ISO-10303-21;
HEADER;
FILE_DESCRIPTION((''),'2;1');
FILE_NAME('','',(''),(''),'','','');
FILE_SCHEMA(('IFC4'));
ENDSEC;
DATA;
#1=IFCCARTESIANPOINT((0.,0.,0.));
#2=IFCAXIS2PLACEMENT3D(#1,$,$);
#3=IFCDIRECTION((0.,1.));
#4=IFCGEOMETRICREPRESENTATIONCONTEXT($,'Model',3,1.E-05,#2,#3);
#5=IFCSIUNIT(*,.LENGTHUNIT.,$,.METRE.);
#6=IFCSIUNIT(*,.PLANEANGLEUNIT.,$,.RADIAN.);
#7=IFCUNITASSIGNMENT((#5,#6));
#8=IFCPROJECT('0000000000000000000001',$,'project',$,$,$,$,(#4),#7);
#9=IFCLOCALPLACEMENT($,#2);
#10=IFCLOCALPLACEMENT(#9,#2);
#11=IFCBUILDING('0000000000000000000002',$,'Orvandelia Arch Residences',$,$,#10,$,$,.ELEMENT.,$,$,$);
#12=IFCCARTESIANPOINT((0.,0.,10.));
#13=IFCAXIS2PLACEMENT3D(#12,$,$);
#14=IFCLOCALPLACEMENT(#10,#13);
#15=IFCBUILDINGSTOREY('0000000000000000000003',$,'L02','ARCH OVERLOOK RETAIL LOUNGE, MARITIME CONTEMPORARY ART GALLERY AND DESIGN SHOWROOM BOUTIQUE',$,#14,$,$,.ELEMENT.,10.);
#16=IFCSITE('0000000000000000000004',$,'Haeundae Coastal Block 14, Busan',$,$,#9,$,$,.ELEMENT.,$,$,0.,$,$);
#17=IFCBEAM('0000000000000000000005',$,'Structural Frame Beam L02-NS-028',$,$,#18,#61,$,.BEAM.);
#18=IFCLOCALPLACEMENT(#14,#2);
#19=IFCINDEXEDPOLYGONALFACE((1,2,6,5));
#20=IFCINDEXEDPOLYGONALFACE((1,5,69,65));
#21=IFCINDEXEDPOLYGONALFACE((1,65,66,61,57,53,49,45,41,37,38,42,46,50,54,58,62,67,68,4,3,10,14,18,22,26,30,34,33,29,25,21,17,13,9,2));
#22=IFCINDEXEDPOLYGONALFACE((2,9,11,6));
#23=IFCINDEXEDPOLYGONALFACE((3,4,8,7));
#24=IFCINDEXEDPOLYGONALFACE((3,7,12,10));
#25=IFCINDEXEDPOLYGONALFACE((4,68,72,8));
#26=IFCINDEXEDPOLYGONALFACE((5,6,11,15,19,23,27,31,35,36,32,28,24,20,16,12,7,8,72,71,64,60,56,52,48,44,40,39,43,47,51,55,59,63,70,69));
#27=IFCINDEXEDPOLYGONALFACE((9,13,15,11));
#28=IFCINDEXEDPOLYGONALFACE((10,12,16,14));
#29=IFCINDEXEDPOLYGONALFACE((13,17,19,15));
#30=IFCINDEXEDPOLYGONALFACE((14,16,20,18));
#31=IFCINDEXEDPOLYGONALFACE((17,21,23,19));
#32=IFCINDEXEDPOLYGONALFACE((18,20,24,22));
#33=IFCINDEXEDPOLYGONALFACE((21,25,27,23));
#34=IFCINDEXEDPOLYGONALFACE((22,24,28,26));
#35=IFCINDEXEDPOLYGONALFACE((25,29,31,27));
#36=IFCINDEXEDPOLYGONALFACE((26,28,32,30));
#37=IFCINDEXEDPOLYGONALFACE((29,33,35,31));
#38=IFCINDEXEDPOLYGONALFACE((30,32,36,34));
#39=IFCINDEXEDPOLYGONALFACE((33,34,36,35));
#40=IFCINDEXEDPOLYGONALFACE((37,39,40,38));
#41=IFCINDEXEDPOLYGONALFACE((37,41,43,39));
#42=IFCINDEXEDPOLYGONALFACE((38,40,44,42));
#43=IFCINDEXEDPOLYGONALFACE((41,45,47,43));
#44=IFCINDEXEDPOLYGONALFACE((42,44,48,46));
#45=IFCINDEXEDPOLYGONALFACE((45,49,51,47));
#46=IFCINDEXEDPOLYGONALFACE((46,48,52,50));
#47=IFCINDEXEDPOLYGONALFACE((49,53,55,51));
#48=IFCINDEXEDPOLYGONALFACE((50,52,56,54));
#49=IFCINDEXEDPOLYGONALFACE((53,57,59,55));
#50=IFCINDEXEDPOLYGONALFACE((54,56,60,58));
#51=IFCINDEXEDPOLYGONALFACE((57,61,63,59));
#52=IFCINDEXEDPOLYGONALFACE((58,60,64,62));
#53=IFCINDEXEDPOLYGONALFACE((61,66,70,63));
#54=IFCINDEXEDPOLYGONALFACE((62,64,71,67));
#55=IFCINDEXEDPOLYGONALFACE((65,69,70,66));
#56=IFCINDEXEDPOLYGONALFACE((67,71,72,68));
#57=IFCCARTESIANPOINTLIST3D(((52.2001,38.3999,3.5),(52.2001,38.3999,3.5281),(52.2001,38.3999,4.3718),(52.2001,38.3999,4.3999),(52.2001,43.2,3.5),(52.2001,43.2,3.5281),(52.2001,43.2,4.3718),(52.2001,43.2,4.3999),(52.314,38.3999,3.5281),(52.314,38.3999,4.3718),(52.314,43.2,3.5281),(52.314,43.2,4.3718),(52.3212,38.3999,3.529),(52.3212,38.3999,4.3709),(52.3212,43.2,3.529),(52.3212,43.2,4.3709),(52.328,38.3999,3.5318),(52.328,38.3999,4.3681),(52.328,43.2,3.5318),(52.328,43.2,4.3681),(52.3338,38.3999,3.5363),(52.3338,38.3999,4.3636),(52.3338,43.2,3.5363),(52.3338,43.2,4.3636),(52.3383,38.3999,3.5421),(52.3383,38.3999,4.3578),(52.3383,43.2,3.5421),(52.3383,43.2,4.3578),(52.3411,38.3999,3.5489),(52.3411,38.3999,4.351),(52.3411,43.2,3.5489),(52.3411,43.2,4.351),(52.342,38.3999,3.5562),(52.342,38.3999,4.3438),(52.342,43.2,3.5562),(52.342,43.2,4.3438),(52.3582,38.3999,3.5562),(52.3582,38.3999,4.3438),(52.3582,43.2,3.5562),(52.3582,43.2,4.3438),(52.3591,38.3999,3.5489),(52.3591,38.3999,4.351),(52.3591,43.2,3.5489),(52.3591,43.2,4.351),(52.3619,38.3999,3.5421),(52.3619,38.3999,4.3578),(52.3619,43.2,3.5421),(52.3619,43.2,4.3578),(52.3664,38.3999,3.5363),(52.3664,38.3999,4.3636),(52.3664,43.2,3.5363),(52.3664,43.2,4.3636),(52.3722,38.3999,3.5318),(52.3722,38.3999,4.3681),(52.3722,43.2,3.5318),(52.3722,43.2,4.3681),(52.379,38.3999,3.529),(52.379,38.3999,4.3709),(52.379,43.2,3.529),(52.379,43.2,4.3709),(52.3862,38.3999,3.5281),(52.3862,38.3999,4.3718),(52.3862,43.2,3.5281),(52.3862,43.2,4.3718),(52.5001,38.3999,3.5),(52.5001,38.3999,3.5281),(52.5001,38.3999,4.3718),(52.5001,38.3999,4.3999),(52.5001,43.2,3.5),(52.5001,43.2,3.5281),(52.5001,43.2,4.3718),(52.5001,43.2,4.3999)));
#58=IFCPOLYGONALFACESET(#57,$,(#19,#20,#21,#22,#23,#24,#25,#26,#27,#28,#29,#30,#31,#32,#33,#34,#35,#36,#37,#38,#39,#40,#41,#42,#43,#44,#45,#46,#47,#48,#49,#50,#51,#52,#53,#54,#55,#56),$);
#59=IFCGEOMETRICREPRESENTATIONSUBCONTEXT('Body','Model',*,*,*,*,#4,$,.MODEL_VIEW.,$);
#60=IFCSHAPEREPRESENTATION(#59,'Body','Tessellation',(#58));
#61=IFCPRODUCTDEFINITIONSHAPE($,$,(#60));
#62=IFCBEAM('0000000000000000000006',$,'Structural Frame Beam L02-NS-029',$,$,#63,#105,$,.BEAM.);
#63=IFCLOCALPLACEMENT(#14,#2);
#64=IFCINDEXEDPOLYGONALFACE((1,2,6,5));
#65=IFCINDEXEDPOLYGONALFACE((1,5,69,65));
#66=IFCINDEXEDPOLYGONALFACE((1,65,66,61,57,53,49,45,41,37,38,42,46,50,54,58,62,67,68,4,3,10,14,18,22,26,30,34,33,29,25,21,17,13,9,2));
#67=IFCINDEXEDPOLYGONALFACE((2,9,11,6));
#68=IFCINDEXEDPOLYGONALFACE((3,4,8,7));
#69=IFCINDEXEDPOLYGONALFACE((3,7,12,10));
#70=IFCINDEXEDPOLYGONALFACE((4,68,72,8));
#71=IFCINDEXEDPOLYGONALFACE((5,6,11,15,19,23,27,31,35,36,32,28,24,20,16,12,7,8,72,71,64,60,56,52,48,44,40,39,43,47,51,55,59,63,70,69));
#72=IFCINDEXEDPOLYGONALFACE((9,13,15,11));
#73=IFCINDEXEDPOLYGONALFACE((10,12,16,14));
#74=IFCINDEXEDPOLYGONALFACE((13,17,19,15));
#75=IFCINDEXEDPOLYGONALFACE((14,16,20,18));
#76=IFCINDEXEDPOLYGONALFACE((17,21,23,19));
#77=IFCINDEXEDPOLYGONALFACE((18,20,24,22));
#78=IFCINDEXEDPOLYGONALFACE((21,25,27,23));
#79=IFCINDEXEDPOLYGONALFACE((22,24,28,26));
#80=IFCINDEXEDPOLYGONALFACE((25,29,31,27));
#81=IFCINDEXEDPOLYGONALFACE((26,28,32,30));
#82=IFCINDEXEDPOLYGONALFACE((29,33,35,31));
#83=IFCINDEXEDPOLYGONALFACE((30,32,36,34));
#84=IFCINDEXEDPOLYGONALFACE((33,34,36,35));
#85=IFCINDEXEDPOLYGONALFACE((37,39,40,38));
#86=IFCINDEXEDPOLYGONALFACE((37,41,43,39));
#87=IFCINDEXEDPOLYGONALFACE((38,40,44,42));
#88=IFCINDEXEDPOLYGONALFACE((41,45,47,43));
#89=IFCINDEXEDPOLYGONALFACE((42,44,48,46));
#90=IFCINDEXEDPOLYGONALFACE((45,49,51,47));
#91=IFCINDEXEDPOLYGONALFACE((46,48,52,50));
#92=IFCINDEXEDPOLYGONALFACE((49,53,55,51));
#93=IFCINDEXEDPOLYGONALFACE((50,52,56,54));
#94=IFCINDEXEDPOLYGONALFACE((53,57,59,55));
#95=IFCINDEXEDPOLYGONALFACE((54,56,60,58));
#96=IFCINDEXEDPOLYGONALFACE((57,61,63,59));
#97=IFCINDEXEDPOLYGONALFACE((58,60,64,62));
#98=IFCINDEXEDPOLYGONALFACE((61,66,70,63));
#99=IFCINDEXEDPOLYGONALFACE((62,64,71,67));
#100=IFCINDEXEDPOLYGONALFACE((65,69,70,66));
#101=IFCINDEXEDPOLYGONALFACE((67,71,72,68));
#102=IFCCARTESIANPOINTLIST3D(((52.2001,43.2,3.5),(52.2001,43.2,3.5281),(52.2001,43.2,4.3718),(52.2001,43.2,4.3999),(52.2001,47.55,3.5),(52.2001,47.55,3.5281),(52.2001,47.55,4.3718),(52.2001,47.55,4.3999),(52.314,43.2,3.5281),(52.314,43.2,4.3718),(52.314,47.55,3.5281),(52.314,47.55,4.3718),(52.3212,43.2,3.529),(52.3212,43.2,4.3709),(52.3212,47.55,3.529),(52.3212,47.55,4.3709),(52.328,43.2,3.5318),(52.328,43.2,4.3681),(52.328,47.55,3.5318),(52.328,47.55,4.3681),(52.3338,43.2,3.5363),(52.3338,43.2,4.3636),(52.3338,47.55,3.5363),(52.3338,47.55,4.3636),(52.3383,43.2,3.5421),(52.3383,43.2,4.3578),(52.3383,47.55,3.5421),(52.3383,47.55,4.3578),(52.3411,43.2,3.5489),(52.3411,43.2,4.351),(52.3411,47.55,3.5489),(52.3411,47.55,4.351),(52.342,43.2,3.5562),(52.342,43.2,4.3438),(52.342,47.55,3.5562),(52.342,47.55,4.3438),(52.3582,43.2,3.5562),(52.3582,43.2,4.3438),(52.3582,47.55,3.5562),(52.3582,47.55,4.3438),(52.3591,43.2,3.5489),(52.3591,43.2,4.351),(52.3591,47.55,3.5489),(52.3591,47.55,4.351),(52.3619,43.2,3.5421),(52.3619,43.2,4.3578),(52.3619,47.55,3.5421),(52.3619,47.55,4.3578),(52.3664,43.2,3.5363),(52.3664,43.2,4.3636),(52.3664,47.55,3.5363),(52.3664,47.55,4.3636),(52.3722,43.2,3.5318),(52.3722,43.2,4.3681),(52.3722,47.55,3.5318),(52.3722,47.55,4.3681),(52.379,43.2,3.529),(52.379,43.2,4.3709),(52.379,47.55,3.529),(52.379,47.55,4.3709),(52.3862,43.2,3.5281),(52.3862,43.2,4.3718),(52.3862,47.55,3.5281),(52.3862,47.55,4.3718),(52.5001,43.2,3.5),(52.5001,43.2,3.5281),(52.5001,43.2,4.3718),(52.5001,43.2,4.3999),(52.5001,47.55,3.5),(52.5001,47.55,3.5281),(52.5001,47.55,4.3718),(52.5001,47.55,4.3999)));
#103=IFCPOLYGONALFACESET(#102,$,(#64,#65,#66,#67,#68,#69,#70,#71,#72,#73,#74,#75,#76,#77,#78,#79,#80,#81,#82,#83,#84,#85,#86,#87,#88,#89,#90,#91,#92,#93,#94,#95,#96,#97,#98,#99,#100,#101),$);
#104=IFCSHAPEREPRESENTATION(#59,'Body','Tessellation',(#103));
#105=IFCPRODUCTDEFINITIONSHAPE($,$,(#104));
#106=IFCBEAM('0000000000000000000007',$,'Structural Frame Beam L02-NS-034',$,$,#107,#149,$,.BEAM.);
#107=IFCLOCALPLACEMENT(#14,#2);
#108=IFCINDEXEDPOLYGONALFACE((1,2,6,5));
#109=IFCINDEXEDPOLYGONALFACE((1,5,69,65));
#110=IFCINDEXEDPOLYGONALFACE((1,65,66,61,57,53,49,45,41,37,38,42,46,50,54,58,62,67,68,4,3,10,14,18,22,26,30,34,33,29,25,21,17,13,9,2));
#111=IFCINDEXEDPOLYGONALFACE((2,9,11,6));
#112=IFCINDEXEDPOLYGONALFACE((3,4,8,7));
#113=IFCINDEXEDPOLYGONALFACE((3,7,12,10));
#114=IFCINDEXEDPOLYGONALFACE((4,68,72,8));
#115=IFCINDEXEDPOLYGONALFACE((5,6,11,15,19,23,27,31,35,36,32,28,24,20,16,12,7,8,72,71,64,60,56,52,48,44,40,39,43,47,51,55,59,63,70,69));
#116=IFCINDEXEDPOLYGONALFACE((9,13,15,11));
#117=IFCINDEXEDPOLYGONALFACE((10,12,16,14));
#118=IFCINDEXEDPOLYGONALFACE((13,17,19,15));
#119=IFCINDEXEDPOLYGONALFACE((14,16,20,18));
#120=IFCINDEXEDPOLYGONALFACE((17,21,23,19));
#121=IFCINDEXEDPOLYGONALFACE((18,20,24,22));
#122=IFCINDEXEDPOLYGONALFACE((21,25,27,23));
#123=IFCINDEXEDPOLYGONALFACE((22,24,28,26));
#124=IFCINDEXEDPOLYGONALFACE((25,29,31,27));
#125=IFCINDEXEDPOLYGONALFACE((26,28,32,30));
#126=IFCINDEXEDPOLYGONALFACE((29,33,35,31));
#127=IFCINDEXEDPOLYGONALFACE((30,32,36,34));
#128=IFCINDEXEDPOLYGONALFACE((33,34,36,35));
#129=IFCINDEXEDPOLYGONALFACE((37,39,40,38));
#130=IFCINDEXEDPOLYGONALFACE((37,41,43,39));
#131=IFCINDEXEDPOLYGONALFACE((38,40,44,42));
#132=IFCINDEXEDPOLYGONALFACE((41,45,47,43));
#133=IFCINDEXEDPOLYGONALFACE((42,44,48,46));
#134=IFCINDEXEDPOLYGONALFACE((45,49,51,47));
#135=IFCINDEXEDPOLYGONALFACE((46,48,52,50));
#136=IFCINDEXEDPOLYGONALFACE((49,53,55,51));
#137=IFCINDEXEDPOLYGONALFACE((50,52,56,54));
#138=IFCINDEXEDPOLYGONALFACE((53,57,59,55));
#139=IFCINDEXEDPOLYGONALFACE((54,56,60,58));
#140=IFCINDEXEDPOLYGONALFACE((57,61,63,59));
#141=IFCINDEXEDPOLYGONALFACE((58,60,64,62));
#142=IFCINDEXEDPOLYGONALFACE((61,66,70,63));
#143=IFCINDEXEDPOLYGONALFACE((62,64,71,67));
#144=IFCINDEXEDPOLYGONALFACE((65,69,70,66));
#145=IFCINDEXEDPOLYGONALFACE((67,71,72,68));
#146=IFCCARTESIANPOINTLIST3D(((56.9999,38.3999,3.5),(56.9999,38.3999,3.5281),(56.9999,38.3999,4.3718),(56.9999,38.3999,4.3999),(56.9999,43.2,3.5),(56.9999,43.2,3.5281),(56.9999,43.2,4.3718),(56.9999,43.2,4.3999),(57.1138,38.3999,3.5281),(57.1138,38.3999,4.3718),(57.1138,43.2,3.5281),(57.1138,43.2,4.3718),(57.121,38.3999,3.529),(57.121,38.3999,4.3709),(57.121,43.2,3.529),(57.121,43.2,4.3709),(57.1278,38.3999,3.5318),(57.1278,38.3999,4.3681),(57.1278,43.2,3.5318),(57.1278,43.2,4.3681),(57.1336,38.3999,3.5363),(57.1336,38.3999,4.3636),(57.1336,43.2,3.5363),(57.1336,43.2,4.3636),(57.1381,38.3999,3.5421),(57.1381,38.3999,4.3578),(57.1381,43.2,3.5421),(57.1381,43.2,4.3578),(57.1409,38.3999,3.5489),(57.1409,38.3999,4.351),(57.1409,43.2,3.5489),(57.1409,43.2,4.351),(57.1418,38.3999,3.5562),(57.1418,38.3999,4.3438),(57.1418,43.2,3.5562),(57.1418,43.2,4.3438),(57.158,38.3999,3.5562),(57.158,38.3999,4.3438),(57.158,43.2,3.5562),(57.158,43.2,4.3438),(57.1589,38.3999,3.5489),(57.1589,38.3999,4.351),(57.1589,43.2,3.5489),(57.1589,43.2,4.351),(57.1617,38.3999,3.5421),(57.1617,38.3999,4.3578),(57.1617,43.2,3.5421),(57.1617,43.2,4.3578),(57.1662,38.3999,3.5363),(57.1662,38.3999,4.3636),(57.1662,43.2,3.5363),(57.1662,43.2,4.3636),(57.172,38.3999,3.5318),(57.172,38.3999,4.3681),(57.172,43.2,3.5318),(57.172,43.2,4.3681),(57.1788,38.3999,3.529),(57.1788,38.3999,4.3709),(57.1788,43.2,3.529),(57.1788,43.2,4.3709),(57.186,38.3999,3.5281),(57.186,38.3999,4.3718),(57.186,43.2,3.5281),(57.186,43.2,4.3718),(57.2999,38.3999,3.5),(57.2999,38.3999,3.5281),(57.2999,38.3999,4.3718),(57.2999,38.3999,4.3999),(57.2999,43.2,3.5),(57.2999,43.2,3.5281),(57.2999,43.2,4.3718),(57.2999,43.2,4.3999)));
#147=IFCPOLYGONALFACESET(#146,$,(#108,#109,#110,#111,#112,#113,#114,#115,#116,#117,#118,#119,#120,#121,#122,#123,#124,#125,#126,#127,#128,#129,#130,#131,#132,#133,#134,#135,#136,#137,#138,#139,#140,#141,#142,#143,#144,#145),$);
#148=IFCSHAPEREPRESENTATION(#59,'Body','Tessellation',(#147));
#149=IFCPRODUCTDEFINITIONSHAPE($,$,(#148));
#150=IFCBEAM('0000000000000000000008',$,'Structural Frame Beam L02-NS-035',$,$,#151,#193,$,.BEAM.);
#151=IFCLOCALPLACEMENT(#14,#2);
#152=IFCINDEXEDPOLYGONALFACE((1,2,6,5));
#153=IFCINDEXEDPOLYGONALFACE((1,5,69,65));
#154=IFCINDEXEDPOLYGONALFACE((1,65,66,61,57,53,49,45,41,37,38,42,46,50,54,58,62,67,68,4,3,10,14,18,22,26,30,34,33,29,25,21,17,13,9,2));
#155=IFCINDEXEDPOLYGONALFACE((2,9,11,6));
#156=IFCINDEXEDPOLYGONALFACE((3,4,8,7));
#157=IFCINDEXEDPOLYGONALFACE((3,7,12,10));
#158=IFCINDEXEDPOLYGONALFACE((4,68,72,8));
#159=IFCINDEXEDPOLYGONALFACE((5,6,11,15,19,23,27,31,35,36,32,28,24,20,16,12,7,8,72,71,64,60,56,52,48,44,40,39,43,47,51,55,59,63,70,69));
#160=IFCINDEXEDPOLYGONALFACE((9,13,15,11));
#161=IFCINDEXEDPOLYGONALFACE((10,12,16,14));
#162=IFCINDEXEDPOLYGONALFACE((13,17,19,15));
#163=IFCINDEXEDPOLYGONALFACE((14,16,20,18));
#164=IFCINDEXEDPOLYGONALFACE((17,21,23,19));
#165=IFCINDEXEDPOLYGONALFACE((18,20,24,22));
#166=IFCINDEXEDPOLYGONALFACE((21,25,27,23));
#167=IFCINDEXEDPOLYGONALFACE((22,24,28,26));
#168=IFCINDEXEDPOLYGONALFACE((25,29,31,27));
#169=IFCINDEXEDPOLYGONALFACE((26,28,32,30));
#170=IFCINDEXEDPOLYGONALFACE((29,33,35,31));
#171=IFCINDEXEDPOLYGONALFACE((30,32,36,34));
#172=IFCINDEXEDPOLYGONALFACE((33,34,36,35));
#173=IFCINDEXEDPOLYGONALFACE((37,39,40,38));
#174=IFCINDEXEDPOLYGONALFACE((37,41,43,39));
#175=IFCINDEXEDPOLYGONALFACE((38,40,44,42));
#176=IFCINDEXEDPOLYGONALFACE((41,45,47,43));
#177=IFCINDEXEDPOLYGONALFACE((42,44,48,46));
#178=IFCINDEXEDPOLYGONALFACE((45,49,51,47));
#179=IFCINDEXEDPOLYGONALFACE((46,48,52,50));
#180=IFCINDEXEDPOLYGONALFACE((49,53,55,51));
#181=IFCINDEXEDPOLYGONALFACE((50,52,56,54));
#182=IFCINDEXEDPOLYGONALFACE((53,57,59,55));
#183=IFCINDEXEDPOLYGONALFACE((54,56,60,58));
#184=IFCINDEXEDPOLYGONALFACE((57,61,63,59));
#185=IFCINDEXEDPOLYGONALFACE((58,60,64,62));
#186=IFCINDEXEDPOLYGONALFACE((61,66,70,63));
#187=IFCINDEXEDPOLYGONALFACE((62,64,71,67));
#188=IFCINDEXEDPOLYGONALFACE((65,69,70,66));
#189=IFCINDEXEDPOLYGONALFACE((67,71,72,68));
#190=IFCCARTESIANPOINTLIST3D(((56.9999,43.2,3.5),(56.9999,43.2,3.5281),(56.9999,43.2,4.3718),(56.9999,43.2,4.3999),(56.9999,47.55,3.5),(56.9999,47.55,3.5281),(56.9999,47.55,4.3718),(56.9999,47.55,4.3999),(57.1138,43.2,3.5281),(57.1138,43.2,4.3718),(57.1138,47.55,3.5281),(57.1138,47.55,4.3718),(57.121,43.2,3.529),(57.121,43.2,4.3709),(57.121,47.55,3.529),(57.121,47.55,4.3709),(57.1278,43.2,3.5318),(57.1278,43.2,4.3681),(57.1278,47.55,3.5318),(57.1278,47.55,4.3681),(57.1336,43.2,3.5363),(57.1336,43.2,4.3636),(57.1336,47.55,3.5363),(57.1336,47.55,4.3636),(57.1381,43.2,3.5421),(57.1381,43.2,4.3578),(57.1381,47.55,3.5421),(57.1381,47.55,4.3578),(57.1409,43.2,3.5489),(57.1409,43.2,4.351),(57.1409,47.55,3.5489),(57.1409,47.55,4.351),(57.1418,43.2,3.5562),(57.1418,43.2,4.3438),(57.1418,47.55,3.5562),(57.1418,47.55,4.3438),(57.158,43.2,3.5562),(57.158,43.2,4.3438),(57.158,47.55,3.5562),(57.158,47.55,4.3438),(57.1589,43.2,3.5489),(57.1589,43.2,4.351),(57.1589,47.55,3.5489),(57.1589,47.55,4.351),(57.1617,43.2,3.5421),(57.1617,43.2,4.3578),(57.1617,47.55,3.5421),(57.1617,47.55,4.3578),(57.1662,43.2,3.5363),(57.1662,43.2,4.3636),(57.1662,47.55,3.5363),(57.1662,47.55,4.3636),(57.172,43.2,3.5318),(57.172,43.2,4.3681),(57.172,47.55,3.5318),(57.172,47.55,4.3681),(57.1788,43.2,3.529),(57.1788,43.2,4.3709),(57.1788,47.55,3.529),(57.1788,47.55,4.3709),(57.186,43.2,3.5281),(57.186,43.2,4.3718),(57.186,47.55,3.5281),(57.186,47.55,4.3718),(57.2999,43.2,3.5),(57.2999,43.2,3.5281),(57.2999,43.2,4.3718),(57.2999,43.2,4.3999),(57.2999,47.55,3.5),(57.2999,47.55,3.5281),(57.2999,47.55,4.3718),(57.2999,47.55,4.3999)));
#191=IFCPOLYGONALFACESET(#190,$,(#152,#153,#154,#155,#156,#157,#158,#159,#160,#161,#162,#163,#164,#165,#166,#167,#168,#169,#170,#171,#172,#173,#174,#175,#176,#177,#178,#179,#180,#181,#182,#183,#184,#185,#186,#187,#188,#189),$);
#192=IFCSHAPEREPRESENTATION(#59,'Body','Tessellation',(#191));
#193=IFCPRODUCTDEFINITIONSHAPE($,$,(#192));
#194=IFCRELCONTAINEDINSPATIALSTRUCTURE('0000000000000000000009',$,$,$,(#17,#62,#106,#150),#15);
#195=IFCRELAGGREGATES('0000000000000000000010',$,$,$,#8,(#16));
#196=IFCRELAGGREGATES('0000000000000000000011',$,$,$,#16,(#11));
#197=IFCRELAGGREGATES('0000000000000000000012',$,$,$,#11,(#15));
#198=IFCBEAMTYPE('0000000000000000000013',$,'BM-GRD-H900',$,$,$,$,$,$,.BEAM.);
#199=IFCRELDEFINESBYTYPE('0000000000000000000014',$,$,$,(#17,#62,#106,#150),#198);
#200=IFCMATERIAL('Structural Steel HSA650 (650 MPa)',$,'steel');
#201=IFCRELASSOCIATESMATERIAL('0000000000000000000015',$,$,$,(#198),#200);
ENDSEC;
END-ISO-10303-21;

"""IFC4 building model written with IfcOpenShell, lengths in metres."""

from ifc_helpers import new_model, si_unit, direction, frame, origin, origin_2d, place, context, subcontext, project, spatial, i_section, extrude, material, material_profile, profile_set, type_object, element, save


model = new_model("IFC4")

# Units and contexts
model_context = context("Model", 3, precision=1e-05, world=origin(), true_north=direction((0.0, 1.0)))
body_context = subcontext(model_context, "Body", "Model", "MODEL_VIEW")
ifc_project = project(units=[si_unit("LENGTHUNIT", "METRE"), si_unit("PLANEANGLEUNIT", "RADIAN")], contexts=[model_context])

# Site, building, storey
site_placement = place(None, origin())
site = spatial("IfcSite", under=ifc_project, at=site_placement, Name="Haeundae Coastal Block 14, Busan", CompositionType="ELEMENT", RefElevation=0.0)
building_placement = place(site_placement, origin())
building = spatial("IfcBuilding", under=site, at=building_placement, Name="Orvandelia Arch Residences", CompositionType="ELEMENT")
storey_placement = place(building_placement, frame((0.0, 0.0, 10.0)))
storey = spatial("IfcBuildingStorey", under=building, at=storey_placement, Name="L02", Description="ARCH OVERLOOK RETAIL LOUNGE, MARITIME CONTEMPORARY ART GALLERY AND DESIGN SHOWROOM BOUTIQUE", CompositionType="ELEMENT", Elevation=10.0)

# Beams
ifc_material_1 = material(Name="Structural Steel HSA650 (650 MPa)", Category="steel")
ifc_material_profile_1 = material_profile(ifc_material_1, i_section(OverallWidth=0.3, OverallDepth=0.8999, WebThickness=0.0161, FlangeThickness=0.0281, FilletRadius=0.0281, at=origin_2d()), Name="Structural Steel HSA650 (650 MPa)", Category="steel")
ifc_profile_set_1 = profile_set([ifc_material_profile_1], Name="Structural Steel HSA650 (650 MPa)")
beam_type = type_object("IfcBeamType", Name="BM-GRD-H900", PredefinedType="BEAM", material=ifc_profile_set_1)
beam_1_placement = place(storey_placement, frame((52.3501, 38.3999, 3.95), z_axis=(0.0, 1.0, 0.0), x_axis=(-1.0, 0.0, 0.0)))
element("IfcBeam", 1, at=beam_1_placement, inside=storey, type_object=beam_type, Name="Structural Frame Beam L02-NS-028", PredefinedType="BEAM", context=body_context, shape_type="SweptSolid", body=[
    extrude(i_section(OverallWidth=0.3, OverallDepth=0.8999, WebThickness=0.0161, FlangeThickness=0.0281, FilletRadius=0.0281, at=origin_2d()), origin(), (0.0, 0.0, 1.0), 4.8),
])
beam_2_placement = place(storey_placement, frame((52.3501, 43.2, 3.95), z_axis=(0.0, 1.0, 0.0), x_axis=(-1.0, 0.0, 0.0)))
element("IfcBeam", 2, at=beam_2_placement, inside=storey, type_object=beam_type, Name="Structural Frame Beam L02-NS-029", PredefinedType="BEAM", context=body_context, shape_type="SweptSolid", body=[
    extrude(i_section(OverallWidth=0.3, OverallDepth=0.8999, WebThickness=0.0161, FlangeThickness=0.0281, FilletRadius=0.0281, at=origin_2d()), origin(), (0.0, 0.0, 1.0), 4.3501),
])
beam_3_placement = place(storey_placement, frame((57.1499, 38.3999, 3.95), z_axis=(0.0, 1.0, 0.0), x_axis=(-1.0, 0.0, 0.0)))
element("IfcBeam", 3, at=beam_3_placement, inside=storey, type_object=beam_type, Name="Structural Frame Beam L02-NS-034", PredefinedType="BEAM", context=body_context, shape_type="SweptSolid", body=[
    extrude(i_section(OverallWidth=0.3, OverallDepth=0.8999, WebThickness=0.0161, FlangeThickness=0.0281, FilletRadius=0.0281, at=origin_2d()), origin(), (0.0, 0.0, 1.0), 4.8),
])
beam_4_placement = place(storey_placement, frame((57.1499, 43.2, 3.95), z_axis=(0.0, 1.0, 0.0), x_axis=(-1.0, 0.0, 0.0)))
element("IfcBeam", 4, at=beam_4_placement, inside=storey, type_object=beam_type, Name="Structural Frame Beam L02-NS-035", PredefinedType="BEAM", context=body_context, shape_type="SweptSolid", body=[
    extrude(i_section(OverallWidth=0.3, OverallDepth=0.8999, WebThickness=0.0161, FlangeThickness=0.0281, FilletRadius=0.0281, at=origin_2d()), origin(), (0.0, 0.0, 1.0), 4.3501),
])

save(model, "model.ifc")
